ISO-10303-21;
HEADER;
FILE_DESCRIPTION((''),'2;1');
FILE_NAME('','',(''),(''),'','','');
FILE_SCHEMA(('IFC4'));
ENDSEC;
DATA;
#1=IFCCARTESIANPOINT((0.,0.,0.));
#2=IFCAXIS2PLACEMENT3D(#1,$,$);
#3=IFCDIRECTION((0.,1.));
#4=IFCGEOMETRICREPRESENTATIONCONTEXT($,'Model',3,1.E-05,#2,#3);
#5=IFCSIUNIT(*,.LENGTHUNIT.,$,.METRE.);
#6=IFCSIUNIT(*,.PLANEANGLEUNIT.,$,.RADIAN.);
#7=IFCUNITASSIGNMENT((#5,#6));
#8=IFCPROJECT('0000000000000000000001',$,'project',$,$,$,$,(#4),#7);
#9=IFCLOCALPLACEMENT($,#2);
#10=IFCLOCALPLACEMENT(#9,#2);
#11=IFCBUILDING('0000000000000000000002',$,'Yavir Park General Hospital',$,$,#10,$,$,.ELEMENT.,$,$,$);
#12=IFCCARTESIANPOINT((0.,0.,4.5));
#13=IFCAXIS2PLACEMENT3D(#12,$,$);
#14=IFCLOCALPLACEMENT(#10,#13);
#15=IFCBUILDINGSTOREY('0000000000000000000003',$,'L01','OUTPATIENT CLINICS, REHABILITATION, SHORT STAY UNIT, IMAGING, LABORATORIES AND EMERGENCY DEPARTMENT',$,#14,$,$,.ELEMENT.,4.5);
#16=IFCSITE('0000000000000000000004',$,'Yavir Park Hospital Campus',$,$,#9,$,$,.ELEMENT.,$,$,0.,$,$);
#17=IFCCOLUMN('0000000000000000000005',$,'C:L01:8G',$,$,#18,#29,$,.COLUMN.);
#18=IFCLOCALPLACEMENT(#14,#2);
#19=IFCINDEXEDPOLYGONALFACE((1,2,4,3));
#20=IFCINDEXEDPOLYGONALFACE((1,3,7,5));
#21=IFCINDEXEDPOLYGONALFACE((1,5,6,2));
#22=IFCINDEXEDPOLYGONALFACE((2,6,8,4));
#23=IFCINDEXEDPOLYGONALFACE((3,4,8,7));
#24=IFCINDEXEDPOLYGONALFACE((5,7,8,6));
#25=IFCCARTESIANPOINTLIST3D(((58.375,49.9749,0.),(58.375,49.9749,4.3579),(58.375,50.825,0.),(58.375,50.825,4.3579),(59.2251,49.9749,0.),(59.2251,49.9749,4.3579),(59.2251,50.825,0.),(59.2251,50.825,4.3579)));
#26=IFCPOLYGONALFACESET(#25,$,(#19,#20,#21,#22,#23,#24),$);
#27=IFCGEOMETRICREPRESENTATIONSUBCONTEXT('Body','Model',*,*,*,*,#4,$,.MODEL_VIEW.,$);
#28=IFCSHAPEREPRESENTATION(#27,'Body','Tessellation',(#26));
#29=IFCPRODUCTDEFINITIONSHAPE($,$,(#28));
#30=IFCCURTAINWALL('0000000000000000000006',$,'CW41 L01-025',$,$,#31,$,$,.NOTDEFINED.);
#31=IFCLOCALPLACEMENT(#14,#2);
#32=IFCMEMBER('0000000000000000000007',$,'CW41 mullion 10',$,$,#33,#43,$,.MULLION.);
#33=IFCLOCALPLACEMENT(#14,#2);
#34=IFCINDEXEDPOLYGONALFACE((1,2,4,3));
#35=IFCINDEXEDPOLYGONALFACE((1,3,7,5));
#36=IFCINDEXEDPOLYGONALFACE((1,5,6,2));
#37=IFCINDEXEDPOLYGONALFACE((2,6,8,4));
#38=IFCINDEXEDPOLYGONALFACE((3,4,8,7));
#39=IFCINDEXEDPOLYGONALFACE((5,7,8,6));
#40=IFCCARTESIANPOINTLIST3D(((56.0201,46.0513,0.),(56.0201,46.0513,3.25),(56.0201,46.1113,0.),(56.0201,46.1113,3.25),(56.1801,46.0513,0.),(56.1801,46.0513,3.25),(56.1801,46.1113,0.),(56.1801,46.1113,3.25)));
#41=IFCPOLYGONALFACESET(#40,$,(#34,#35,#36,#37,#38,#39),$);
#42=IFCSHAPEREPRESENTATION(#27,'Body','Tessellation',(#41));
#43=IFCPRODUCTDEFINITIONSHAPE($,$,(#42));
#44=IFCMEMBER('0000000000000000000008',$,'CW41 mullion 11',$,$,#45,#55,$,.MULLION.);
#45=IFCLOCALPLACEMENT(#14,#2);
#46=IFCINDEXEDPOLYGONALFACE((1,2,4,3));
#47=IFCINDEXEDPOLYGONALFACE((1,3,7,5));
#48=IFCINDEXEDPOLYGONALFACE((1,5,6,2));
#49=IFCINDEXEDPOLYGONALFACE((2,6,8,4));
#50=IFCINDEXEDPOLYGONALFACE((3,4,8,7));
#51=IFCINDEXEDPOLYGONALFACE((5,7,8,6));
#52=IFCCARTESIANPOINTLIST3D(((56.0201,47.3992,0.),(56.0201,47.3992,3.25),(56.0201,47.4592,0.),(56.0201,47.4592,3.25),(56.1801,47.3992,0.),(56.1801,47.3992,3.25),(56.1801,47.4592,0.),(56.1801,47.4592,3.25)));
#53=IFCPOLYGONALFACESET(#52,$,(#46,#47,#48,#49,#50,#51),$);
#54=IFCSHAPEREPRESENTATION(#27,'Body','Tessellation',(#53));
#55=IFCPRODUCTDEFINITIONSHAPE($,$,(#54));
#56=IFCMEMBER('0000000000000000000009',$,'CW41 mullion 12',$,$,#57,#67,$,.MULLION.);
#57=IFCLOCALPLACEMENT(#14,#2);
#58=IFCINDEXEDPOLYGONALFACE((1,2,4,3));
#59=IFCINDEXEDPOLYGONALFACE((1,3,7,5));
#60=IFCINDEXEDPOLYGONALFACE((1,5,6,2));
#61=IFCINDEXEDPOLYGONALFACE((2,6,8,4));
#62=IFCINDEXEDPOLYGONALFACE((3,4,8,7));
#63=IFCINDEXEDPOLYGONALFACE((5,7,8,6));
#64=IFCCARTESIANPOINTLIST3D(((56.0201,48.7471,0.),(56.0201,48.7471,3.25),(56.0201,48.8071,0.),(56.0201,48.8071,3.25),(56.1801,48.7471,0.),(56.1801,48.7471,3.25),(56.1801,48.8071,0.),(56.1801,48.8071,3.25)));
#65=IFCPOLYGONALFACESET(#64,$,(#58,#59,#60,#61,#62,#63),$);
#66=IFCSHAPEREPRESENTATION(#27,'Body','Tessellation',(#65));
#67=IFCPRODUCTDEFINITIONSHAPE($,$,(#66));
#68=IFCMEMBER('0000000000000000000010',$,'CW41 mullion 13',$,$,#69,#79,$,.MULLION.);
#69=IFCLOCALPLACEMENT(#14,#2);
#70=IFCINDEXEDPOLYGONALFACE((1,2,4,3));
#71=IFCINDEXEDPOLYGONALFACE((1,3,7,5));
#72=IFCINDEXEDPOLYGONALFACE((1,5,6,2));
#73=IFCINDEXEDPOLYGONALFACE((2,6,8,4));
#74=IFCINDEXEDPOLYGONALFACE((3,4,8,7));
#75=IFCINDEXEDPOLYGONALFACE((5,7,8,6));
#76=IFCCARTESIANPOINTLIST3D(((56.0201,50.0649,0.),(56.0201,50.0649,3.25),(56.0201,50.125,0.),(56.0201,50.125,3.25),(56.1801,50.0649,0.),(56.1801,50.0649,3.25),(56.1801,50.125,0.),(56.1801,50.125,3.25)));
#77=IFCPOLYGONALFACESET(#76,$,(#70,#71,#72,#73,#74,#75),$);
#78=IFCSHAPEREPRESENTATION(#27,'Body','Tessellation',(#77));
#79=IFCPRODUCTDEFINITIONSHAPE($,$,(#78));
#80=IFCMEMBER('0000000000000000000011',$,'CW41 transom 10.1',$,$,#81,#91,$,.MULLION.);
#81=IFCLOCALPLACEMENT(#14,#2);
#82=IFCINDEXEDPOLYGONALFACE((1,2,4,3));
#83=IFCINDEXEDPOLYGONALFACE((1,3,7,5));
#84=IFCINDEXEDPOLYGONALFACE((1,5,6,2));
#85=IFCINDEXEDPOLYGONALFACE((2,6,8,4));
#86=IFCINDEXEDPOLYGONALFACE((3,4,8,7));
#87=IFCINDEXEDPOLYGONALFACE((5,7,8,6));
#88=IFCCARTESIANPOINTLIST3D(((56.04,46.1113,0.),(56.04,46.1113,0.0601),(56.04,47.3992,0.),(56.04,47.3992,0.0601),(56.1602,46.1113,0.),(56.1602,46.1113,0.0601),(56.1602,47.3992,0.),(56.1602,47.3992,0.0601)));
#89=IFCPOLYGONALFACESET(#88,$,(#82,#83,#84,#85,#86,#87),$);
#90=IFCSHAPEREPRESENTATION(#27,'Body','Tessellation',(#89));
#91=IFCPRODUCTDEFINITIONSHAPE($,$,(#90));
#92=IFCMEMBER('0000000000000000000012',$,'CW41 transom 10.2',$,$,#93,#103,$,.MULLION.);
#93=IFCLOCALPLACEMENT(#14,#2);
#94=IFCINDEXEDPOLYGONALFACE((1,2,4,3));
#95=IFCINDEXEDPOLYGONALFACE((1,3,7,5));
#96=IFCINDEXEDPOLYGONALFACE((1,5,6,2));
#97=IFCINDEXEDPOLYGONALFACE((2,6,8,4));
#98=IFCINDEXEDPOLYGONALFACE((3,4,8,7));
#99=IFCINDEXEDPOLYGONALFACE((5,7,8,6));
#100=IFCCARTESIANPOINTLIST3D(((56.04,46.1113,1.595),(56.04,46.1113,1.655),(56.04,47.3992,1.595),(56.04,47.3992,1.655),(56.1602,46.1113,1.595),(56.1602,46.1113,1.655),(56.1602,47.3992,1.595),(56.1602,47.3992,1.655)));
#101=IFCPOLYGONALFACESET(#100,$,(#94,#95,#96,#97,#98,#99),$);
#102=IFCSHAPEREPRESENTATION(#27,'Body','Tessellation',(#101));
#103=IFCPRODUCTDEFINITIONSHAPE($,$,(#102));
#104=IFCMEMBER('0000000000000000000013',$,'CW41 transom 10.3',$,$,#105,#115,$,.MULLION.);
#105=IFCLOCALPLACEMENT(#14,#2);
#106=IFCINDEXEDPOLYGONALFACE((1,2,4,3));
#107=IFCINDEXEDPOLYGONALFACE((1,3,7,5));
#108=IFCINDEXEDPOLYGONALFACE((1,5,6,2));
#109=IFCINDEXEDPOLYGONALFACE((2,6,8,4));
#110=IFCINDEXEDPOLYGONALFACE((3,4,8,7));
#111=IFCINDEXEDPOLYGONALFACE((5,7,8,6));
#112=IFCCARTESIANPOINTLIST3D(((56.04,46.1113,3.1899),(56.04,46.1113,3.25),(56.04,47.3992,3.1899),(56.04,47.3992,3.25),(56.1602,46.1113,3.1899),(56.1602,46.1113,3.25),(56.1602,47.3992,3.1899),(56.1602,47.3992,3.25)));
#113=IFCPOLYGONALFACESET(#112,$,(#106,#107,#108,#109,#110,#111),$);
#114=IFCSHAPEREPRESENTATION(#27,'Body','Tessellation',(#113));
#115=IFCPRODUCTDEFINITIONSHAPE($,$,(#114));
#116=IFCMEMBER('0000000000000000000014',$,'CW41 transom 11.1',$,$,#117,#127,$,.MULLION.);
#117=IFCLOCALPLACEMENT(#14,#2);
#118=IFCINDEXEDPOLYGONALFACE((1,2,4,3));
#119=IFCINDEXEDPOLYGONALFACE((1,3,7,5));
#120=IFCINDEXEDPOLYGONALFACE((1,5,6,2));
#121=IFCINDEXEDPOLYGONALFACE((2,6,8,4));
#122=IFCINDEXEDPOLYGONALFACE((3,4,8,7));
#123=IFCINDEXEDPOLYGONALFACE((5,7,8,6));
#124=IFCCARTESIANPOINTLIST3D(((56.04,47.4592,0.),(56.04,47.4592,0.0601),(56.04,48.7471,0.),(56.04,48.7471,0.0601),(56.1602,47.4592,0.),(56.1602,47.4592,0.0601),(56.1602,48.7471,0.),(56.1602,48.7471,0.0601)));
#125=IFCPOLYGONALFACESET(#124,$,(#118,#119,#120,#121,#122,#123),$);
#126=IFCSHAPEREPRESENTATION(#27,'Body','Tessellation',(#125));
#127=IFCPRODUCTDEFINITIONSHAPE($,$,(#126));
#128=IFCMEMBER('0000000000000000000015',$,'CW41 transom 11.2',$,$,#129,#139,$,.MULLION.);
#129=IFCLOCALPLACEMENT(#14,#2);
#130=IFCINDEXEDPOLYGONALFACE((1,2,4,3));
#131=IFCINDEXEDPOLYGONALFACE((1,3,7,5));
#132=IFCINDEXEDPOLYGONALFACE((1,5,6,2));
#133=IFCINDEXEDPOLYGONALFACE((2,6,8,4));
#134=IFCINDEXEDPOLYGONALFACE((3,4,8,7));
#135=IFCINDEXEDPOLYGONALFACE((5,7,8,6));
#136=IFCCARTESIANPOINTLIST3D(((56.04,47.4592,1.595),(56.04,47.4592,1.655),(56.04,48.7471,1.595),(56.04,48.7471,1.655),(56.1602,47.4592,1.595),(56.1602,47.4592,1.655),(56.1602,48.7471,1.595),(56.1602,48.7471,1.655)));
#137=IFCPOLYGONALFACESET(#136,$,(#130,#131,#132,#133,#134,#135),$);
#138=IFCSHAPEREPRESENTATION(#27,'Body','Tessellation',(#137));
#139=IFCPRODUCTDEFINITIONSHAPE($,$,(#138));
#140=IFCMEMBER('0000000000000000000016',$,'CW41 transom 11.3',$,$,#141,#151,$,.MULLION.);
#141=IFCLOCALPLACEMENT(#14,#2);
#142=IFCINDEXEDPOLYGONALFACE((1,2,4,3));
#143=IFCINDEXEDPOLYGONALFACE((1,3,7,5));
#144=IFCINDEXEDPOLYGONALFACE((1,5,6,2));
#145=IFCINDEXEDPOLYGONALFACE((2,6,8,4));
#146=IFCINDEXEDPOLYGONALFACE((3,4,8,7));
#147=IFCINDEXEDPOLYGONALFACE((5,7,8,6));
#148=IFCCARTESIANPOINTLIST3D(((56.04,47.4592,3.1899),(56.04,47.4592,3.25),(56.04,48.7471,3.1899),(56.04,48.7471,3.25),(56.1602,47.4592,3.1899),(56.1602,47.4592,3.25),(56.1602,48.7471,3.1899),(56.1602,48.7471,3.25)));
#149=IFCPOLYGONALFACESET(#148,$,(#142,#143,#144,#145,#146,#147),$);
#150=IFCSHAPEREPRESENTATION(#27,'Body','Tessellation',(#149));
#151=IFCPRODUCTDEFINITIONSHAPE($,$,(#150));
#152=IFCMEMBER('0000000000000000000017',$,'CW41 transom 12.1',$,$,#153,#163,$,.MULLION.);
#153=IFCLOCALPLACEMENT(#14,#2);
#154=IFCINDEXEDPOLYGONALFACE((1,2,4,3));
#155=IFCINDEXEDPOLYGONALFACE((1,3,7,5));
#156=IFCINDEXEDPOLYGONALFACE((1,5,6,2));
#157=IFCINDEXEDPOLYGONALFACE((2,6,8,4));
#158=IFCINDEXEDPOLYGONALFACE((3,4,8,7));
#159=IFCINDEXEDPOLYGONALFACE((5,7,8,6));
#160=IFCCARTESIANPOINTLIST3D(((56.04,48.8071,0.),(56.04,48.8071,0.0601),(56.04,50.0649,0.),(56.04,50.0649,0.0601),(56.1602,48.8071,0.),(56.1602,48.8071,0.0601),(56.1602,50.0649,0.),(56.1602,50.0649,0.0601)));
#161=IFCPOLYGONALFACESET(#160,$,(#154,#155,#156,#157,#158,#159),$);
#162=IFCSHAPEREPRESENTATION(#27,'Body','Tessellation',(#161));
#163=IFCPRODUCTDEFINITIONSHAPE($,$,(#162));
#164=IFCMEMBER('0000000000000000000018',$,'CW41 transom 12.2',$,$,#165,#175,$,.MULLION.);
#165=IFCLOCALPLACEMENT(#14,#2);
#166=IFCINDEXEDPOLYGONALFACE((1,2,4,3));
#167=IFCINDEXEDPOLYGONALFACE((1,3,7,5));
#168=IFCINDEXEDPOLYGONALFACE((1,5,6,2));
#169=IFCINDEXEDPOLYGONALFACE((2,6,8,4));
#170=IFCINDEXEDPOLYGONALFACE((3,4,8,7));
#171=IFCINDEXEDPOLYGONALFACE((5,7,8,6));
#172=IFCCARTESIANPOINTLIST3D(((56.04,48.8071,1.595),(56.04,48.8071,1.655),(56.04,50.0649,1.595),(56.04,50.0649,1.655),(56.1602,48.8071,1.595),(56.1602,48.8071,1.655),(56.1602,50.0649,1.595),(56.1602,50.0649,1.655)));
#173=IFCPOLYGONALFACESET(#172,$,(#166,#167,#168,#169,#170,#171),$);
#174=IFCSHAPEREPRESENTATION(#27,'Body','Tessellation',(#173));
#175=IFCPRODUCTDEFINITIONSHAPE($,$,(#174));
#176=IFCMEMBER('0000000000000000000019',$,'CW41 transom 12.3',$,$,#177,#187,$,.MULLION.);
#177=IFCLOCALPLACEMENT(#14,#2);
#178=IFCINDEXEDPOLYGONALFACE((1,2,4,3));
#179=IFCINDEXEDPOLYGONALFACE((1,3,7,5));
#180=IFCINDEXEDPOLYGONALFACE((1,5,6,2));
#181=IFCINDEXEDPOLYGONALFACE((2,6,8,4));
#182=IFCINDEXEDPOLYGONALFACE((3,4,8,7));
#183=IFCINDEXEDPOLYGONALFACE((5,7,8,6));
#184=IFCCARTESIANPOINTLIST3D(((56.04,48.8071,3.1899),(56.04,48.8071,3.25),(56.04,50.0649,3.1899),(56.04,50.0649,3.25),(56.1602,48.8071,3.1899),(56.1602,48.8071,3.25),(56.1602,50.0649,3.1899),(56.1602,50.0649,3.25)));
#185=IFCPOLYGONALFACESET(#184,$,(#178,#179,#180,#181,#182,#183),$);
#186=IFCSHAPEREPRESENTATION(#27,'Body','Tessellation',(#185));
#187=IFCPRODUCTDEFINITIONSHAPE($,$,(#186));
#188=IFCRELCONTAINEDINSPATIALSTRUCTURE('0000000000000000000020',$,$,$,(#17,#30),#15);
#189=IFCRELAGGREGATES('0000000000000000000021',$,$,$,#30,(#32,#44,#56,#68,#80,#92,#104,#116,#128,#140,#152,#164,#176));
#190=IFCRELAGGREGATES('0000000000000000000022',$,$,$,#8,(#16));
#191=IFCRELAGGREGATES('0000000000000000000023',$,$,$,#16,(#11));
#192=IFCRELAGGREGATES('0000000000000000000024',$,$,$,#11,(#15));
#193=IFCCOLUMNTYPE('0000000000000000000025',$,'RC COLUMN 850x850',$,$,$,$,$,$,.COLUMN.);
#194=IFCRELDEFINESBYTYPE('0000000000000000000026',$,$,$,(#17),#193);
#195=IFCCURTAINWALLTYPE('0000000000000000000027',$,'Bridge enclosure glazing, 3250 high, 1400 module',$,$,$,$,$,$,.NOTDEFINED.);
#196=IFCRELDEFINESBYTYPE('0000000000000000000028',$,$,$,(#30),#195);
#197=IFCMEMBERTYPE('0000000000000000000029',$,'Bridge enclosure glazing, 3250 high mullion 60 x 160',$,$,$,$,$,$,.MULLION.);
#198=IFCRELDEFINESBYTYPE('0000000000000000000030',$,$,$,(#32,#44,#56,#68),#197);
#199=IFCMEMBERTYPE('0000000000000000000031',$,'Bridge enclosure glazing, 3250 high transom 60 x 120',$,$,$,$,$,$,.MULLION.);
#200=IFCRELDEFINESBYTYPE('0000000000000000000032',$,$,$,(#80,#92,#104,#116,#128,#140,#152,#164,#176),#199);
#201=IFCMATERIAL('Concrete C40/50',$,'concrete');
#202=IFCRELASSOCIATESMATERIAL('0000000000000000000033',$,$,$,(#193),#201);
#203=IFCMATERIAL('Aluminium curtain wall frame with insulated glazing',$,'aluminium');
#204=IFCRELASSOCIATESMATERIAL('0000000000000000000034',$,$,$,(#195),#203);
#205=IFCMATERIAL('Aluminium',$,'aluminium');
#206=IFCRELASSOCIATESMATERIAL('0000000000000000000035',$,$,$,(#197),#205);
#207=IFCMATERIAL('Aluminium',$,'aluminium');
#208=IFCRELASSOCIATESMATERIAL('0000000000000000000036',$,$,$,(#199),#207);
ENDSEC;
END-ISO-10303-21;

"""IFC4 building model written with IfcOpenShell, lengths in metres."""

from ifc_helpers import new_model, si_unit, direction, frame, origin, origin_2d, place, context, subcontext, project, spatial, rectangle, extrude, material, material_profile, profile_set, type_object, element, aggregate, save


model = new_model("IFC4")

# Units and contexts
model_context = context("Model", 3, precision=1e-05, world=origin(), true_north=direction((0.0, 1.0)))
body_context = subcontext(model_context, "Body", "Model", "MODEL_VIEW")
ifc_project = project(units=[si_unit("LENGTHUNIT", "METRE"), si_unit("PLANEANGLEUNIT", "RADIAN")], contexts=[model_context])

# Site, building, storey
site_placement = place(None, origin())
site = spatial("IfcSite", under=ifc_project, at=site_placement, Name="Yavir Park Hospital Campus", CompositionType="ELEMENT", RefElevation=0.0)
building_placement = place(site_placement, origin())
building = spatial("IfcBuilding", under=site, at=building_placement, Name="Yavir Park General Hospital", CompositionType="ELEMENT")
storey_placement = place(building_placement, frame((0.0, 0.0, 4.5)))
storey = spatial("IfcBuildingStorey", under=building, at=storey_placement, Name="L01", Description="OUTPATIENT CLINICS, REHABILITATION, SHORT STAY UNIT, IMAGING, LABORATORIES AND EMERGENCY DEPARTMENT", CompositionType="ELEMENT", Elevation=4.5)

# Column
ifc_material_1 = material(Name="Concrete C40/50", Category="concrete")
ifc_material_profile_1 = material_profile(ifc_material_1, rectangle(XDim=0.8501, YDim=0.8501, at=origin_2d()), Name="RC850x850")
ifc_profile_set_1 = profile_set([ifc_material_profile_1], Name="Concrete C40/50")
column_type = type_object("IfcColumnType", Name="RC COLUMN 850x850", PredefinedType="COLUMN", material=ifc_profile_set_1)
column_placement = place(storey_placement, frame((58.8, 50.3999, 0.0), z_axis=(0.0, 0.0, 1.0), x_axis=(1.0, 0.0, 0.0)))
element("IfcColumn", 1, at=column_placement, inside=storey, type_object=column_type, Name="C:L01:8G", PredefinedType="COLUMN", context=body_context, shape_type="SweptSolid", body=[
    extrude(rectangle(XDim=0.8501, YDim=0.8501, at=origin_2d()), origin(), (0.0, 0.0, 1.0), 4.3579),
])

# Curtain wall, members
ifc_material_2 = material(Name="Aluminium curtain wall frame with insulated glazing", Category="aluminium")
curtain_wall_type = type_object("IfcCurtainWallType", Name="Bridge enclosure glazing, 3250 high, 1400 module", PredefinedType="NOTDEFINED", material=ifc_material_2)
curtain_wall_placement = place(storey_placement, origin())
curtain_wall = element("IfcCurtainWall", 2, at=curtain_wall_placement, inside=storey, type_object=curtain_wall_type, Name="CW41 L01-025", PredefinedType="NOTDEFINED")
ifc_material_3 = material(Name="Aluminium", Category="aluminium")
ifc_material_profile_2 = material_profile(ifc_material_3, rectangle(XDim=0.1599, YDim=0.0601, at=origin_2d()), Name="AL 60x160")
ifc_profile_set_2 = profile_set([ifc_material_profile_2], Name="Aluminium")
member_type_1 = type_object("IfcMemberType", Name="Bridge enclosure glazing, 3250 high mullion 60 x 160", PredefinedType="MULLION", material=ifc_profile_set_2)
member_1_placement = place(storey_placement, frame((56.1001, 46.0813, 0.0), z_axis=(0.0, 0.0, 1.0), x_axis=(-1.0, 0.0, 0.0)))
member_1 = element("IfcMember", 3, at=member_1_placement, type_object=member_type_1, Name="CW41 mullion 10", PredefinedType="MULLION", context=body_context, shape_type="SweptSolid", body=[
    extrude(rectangle(XDim=0.1599, YDim=0.0601, at=origin_2d()), origin(), (0.0, 0.0, 1.0), 3.25),
])
member_2_placement = place(storey_placement, frame((56.1001, 47.4292, 0.0), z_axis=(0.0, 0.0, 1.0), x_axis=(-1.0, 0.0, 0.0)))
member_2 = element("IfcMember", 4, at=member_2_placement, type_object=member_type_1, Name="CW41 mullion 11", PredefinedType="MULLION", context=body_context, shape_type="SweptSolid", body=[
    extrude(rectangle(XDim=0.1599, YDim=0.0601, at=origin_2d()), origin(), (0.0, 0.0, 1.0), 3.25),
])
member_3_placement = place(storey_placement, frame((56.1001, 48.7771, 0.0), z_axis=(0.0, 0.0, 1.0), x_axis=(-1.0, 0.0, 0.0)))
member_3 = element("IfcMember", 5, at=member_3_placement, type_object=member_type_1, Name="CW41 mullion 12", PredefinedType="MULLION", context=body_context, shape_type="SweptSolid", body=[
    extrude(rectangle(XDim=0.1599, YDim=0.0601, at=origin_2d()), origin(), (0.0, 0.0, 1.0), 3.25),
])
member_4_placement = place(storey_placement, frame((56.1001, 50.095, 0.0), z_axis=(0.0, 0.0, 1.0), x_axis=(-1.0, 0.0, 0.0)))
member_4 = element("IfcMember", 6, at=member_4_placement, type_object=member_type_1, Name="CW41 mullion 13", PredefinedType="MULLION", context=body_context, shape_type="SweptSolid", body=[
    extrude(rectangle(XDim=0.1599, YDim=0.0601, at=origin_2d()), origin(), (0.0, 0.0, 1.0), 3.25),
])
ifc_material_4 = material(Name="Aluminium", Category="aluminium")
ifc_material_profile_3 = material_profile(ifc_material_4, rectangle(XDim=0.1201, YDim=0.0601, at=origin_2d()), Name="AL 120x60")
ifc_profile_set_3 = profile_set([ifc_material_profile_3], Name="Aluminium")
member_type_2 = type_object("IfcMemberType", Name="Bridge enclosure glazing, 3250 high transom 60 x 120", PredefinedType="MULLION", material=ifc_profile_set_3)
member_5_placement = place(storey_placement, frame((56.1001, 46.1113, 0.03), z_axis=(0.0, 1.0, 0.0), x_axis=(-1.0, 0.0, 0.0)))
member_5 = element("IfcMember", 7, at=member_5_placement, type_object=member_type_2, Name="CW41 transom 10.1", PredefinedType="MULLION", context=body_context, shape_type="SweptSolid", body=[
    extrude(rectangle(XDim=0.1201, YDim=0.0601, at=origin_2d()), origin(), (0.0, 0.0, 1.0), 1.2878),
])
member_6_placement = place(storey_placement, frame((56.1001, 46.1113, 1.625), z_axis=(0.0, 1.0, 0.0), x_axis=(-1.0, 0.0, 0.0)))
member_6 = element("IfcMember", 8, at=member_6_placement, type_object=member_type_2, Name="CW41 transom 10.2", PredefinedType="MULLION", context=body_context, shape_type="SweptSolid", body=[
    extrude(rectangle(XDim=0.1201, YDim=0.0601, at=origin_2d()), origin(), (0.0, 0.0, 1.0), 1.2878),
])
member_7_placement = place(storey_placement, frame((56.1001, 46.1113, 3.22), z_axis=(0.0, 1.0, 0.0), x_axis=(-1.0, 0.0, 0.0)))
member_7 = element("IfcMember", 9, at=member_7_placement, type_object=member_type_2, Name="CW41 transom 10.3", PredefinedType="MULLION", context=body_context, shape_type="SweptSolid", body=[
    extrude(rectangle(XDim=0.1201, YDim=0.0601, at=origin_2d()), origin(), (0.0, 0.0, 1.0), 1.2878),
])
member_8_placement = place(storey_placement, frame((56.1001, 47.4592, 0.03), z_axis=(0.0, 1.0, 0.0), x_axis=(-1.0, 0.0, 0.0)))
member_8 = element("IfcMember", 10, at=member_8_placement, type_object=member_type_2, Name="CW41 transom 11.1", PredefinedType="MULLION", context=body_context, shape_type="SweptSolid", body=[
    extrude(rectangle(XDim=0.1201, YDim=0.0601, at=origin_2d()), origin(), (0.0, 0.0, 1.0), 1.2878),
])
member_9_placement = place(storey_placement, frame((56.1001, 47.4592, 1.625), z_axis=(0.0, 1.0, 0.0), x_axis=(-1.0, 0.0, 0.0)))
member_9 = element("IfcMember", 11, at=member_9_placement, type_object=member_type_2, Name="CW41 transom 11.2", PredefinedType="MULLION", context=body_context, shape_type="SweptSolid", body=[
    extrude(rectangle(XDim=0.1201, YDim=0.0601, at=origin_2d()), origin(), (0.0, 0.0, 1.0), 1.2878),
])
member_10_placement = place(storey_placement, frame((56.1001, 47.4592, 3.22), z_axis=(0.0, 1.0, 0.0), x_axis=(-1.0, 0.0, 0.0)))
member_10 = element("IfcMember", 12, at=member_10_placement, type_object=member_type_2, Name="CW41 transom 11.3", PredefinedType="MULLION", context=body_context, shape_type="SweptSolid", body=[
    extrude(rectangle(XDim=0.1201, YDim=0.0601, at=origin_2d()), origin(), (0.0, 0.0, 1.0), 1.2878),
])
member_11_placement = place(storey_placement, frame((56.1001, 48.8071, 0.03), z_axis=(0.0, 1.0, 0.0), x_axis=(-1.0, 0.0, 0.0)))
member_11 = element("IfcMember", 13, at=member_11_placement, type_object=member_type_2, Name="CW41 transom 12.1", PredefinedType="MULLION", context=body_context, shape_type="SweptSolid", body=[
    extrude(rectangle(XDim=0.1201, YDim=0.0601, at=origin_2d()), origin(), (0.0, 0.0, 1.0), 1.2578),
])
member_12_placement = place(storey_placement, frame((56.1001, 48.8071, 1.625), z_axis=(0.0, 1.0, 0.0), x_axis=(-1.0, 0.0, 0.0)))
member_12 = element("IfcMember", 14, at=member_12_placement, type_object=member_type_2, Name="CW41 transom 12.2", PredefinedType="MULLION", context=body_context, shape_type="SweptSolid", body=[
    extrude(rectangle(XDim=0.1201, YDim=0.0601, at=origin_2d()), origin(), (0.0, 0.0, 1.0), 1.2578),
])
member_13_placement = place(storey_placement, frame((56.1001, 48.8071, 3.22), z_axis=(0.0, 1.0, 0.0), x_axis=(-1.0, 0.0, 0.0)))
member_13 = element("IfcMember", 15, at=member_13_placement, type_object=member_type_2, Name="CW41 transom 12.3", PredefinedType="MULLION", context=body_context, shape_type="SweptSolid", body=[
    extrude(rectangle(XDim=0.1201, YDim=0.0601, at=origin_2d()), origin(), (0.0, 0.0, 1.0), 1.2578),
])

aggregate(curtain_wall, [member_1, member_2, member_3, member_4, member_5, member_6, member_7, member_8, member_9, member_10, member_11, member_12, member_13])

save(model, "model.ifc")
